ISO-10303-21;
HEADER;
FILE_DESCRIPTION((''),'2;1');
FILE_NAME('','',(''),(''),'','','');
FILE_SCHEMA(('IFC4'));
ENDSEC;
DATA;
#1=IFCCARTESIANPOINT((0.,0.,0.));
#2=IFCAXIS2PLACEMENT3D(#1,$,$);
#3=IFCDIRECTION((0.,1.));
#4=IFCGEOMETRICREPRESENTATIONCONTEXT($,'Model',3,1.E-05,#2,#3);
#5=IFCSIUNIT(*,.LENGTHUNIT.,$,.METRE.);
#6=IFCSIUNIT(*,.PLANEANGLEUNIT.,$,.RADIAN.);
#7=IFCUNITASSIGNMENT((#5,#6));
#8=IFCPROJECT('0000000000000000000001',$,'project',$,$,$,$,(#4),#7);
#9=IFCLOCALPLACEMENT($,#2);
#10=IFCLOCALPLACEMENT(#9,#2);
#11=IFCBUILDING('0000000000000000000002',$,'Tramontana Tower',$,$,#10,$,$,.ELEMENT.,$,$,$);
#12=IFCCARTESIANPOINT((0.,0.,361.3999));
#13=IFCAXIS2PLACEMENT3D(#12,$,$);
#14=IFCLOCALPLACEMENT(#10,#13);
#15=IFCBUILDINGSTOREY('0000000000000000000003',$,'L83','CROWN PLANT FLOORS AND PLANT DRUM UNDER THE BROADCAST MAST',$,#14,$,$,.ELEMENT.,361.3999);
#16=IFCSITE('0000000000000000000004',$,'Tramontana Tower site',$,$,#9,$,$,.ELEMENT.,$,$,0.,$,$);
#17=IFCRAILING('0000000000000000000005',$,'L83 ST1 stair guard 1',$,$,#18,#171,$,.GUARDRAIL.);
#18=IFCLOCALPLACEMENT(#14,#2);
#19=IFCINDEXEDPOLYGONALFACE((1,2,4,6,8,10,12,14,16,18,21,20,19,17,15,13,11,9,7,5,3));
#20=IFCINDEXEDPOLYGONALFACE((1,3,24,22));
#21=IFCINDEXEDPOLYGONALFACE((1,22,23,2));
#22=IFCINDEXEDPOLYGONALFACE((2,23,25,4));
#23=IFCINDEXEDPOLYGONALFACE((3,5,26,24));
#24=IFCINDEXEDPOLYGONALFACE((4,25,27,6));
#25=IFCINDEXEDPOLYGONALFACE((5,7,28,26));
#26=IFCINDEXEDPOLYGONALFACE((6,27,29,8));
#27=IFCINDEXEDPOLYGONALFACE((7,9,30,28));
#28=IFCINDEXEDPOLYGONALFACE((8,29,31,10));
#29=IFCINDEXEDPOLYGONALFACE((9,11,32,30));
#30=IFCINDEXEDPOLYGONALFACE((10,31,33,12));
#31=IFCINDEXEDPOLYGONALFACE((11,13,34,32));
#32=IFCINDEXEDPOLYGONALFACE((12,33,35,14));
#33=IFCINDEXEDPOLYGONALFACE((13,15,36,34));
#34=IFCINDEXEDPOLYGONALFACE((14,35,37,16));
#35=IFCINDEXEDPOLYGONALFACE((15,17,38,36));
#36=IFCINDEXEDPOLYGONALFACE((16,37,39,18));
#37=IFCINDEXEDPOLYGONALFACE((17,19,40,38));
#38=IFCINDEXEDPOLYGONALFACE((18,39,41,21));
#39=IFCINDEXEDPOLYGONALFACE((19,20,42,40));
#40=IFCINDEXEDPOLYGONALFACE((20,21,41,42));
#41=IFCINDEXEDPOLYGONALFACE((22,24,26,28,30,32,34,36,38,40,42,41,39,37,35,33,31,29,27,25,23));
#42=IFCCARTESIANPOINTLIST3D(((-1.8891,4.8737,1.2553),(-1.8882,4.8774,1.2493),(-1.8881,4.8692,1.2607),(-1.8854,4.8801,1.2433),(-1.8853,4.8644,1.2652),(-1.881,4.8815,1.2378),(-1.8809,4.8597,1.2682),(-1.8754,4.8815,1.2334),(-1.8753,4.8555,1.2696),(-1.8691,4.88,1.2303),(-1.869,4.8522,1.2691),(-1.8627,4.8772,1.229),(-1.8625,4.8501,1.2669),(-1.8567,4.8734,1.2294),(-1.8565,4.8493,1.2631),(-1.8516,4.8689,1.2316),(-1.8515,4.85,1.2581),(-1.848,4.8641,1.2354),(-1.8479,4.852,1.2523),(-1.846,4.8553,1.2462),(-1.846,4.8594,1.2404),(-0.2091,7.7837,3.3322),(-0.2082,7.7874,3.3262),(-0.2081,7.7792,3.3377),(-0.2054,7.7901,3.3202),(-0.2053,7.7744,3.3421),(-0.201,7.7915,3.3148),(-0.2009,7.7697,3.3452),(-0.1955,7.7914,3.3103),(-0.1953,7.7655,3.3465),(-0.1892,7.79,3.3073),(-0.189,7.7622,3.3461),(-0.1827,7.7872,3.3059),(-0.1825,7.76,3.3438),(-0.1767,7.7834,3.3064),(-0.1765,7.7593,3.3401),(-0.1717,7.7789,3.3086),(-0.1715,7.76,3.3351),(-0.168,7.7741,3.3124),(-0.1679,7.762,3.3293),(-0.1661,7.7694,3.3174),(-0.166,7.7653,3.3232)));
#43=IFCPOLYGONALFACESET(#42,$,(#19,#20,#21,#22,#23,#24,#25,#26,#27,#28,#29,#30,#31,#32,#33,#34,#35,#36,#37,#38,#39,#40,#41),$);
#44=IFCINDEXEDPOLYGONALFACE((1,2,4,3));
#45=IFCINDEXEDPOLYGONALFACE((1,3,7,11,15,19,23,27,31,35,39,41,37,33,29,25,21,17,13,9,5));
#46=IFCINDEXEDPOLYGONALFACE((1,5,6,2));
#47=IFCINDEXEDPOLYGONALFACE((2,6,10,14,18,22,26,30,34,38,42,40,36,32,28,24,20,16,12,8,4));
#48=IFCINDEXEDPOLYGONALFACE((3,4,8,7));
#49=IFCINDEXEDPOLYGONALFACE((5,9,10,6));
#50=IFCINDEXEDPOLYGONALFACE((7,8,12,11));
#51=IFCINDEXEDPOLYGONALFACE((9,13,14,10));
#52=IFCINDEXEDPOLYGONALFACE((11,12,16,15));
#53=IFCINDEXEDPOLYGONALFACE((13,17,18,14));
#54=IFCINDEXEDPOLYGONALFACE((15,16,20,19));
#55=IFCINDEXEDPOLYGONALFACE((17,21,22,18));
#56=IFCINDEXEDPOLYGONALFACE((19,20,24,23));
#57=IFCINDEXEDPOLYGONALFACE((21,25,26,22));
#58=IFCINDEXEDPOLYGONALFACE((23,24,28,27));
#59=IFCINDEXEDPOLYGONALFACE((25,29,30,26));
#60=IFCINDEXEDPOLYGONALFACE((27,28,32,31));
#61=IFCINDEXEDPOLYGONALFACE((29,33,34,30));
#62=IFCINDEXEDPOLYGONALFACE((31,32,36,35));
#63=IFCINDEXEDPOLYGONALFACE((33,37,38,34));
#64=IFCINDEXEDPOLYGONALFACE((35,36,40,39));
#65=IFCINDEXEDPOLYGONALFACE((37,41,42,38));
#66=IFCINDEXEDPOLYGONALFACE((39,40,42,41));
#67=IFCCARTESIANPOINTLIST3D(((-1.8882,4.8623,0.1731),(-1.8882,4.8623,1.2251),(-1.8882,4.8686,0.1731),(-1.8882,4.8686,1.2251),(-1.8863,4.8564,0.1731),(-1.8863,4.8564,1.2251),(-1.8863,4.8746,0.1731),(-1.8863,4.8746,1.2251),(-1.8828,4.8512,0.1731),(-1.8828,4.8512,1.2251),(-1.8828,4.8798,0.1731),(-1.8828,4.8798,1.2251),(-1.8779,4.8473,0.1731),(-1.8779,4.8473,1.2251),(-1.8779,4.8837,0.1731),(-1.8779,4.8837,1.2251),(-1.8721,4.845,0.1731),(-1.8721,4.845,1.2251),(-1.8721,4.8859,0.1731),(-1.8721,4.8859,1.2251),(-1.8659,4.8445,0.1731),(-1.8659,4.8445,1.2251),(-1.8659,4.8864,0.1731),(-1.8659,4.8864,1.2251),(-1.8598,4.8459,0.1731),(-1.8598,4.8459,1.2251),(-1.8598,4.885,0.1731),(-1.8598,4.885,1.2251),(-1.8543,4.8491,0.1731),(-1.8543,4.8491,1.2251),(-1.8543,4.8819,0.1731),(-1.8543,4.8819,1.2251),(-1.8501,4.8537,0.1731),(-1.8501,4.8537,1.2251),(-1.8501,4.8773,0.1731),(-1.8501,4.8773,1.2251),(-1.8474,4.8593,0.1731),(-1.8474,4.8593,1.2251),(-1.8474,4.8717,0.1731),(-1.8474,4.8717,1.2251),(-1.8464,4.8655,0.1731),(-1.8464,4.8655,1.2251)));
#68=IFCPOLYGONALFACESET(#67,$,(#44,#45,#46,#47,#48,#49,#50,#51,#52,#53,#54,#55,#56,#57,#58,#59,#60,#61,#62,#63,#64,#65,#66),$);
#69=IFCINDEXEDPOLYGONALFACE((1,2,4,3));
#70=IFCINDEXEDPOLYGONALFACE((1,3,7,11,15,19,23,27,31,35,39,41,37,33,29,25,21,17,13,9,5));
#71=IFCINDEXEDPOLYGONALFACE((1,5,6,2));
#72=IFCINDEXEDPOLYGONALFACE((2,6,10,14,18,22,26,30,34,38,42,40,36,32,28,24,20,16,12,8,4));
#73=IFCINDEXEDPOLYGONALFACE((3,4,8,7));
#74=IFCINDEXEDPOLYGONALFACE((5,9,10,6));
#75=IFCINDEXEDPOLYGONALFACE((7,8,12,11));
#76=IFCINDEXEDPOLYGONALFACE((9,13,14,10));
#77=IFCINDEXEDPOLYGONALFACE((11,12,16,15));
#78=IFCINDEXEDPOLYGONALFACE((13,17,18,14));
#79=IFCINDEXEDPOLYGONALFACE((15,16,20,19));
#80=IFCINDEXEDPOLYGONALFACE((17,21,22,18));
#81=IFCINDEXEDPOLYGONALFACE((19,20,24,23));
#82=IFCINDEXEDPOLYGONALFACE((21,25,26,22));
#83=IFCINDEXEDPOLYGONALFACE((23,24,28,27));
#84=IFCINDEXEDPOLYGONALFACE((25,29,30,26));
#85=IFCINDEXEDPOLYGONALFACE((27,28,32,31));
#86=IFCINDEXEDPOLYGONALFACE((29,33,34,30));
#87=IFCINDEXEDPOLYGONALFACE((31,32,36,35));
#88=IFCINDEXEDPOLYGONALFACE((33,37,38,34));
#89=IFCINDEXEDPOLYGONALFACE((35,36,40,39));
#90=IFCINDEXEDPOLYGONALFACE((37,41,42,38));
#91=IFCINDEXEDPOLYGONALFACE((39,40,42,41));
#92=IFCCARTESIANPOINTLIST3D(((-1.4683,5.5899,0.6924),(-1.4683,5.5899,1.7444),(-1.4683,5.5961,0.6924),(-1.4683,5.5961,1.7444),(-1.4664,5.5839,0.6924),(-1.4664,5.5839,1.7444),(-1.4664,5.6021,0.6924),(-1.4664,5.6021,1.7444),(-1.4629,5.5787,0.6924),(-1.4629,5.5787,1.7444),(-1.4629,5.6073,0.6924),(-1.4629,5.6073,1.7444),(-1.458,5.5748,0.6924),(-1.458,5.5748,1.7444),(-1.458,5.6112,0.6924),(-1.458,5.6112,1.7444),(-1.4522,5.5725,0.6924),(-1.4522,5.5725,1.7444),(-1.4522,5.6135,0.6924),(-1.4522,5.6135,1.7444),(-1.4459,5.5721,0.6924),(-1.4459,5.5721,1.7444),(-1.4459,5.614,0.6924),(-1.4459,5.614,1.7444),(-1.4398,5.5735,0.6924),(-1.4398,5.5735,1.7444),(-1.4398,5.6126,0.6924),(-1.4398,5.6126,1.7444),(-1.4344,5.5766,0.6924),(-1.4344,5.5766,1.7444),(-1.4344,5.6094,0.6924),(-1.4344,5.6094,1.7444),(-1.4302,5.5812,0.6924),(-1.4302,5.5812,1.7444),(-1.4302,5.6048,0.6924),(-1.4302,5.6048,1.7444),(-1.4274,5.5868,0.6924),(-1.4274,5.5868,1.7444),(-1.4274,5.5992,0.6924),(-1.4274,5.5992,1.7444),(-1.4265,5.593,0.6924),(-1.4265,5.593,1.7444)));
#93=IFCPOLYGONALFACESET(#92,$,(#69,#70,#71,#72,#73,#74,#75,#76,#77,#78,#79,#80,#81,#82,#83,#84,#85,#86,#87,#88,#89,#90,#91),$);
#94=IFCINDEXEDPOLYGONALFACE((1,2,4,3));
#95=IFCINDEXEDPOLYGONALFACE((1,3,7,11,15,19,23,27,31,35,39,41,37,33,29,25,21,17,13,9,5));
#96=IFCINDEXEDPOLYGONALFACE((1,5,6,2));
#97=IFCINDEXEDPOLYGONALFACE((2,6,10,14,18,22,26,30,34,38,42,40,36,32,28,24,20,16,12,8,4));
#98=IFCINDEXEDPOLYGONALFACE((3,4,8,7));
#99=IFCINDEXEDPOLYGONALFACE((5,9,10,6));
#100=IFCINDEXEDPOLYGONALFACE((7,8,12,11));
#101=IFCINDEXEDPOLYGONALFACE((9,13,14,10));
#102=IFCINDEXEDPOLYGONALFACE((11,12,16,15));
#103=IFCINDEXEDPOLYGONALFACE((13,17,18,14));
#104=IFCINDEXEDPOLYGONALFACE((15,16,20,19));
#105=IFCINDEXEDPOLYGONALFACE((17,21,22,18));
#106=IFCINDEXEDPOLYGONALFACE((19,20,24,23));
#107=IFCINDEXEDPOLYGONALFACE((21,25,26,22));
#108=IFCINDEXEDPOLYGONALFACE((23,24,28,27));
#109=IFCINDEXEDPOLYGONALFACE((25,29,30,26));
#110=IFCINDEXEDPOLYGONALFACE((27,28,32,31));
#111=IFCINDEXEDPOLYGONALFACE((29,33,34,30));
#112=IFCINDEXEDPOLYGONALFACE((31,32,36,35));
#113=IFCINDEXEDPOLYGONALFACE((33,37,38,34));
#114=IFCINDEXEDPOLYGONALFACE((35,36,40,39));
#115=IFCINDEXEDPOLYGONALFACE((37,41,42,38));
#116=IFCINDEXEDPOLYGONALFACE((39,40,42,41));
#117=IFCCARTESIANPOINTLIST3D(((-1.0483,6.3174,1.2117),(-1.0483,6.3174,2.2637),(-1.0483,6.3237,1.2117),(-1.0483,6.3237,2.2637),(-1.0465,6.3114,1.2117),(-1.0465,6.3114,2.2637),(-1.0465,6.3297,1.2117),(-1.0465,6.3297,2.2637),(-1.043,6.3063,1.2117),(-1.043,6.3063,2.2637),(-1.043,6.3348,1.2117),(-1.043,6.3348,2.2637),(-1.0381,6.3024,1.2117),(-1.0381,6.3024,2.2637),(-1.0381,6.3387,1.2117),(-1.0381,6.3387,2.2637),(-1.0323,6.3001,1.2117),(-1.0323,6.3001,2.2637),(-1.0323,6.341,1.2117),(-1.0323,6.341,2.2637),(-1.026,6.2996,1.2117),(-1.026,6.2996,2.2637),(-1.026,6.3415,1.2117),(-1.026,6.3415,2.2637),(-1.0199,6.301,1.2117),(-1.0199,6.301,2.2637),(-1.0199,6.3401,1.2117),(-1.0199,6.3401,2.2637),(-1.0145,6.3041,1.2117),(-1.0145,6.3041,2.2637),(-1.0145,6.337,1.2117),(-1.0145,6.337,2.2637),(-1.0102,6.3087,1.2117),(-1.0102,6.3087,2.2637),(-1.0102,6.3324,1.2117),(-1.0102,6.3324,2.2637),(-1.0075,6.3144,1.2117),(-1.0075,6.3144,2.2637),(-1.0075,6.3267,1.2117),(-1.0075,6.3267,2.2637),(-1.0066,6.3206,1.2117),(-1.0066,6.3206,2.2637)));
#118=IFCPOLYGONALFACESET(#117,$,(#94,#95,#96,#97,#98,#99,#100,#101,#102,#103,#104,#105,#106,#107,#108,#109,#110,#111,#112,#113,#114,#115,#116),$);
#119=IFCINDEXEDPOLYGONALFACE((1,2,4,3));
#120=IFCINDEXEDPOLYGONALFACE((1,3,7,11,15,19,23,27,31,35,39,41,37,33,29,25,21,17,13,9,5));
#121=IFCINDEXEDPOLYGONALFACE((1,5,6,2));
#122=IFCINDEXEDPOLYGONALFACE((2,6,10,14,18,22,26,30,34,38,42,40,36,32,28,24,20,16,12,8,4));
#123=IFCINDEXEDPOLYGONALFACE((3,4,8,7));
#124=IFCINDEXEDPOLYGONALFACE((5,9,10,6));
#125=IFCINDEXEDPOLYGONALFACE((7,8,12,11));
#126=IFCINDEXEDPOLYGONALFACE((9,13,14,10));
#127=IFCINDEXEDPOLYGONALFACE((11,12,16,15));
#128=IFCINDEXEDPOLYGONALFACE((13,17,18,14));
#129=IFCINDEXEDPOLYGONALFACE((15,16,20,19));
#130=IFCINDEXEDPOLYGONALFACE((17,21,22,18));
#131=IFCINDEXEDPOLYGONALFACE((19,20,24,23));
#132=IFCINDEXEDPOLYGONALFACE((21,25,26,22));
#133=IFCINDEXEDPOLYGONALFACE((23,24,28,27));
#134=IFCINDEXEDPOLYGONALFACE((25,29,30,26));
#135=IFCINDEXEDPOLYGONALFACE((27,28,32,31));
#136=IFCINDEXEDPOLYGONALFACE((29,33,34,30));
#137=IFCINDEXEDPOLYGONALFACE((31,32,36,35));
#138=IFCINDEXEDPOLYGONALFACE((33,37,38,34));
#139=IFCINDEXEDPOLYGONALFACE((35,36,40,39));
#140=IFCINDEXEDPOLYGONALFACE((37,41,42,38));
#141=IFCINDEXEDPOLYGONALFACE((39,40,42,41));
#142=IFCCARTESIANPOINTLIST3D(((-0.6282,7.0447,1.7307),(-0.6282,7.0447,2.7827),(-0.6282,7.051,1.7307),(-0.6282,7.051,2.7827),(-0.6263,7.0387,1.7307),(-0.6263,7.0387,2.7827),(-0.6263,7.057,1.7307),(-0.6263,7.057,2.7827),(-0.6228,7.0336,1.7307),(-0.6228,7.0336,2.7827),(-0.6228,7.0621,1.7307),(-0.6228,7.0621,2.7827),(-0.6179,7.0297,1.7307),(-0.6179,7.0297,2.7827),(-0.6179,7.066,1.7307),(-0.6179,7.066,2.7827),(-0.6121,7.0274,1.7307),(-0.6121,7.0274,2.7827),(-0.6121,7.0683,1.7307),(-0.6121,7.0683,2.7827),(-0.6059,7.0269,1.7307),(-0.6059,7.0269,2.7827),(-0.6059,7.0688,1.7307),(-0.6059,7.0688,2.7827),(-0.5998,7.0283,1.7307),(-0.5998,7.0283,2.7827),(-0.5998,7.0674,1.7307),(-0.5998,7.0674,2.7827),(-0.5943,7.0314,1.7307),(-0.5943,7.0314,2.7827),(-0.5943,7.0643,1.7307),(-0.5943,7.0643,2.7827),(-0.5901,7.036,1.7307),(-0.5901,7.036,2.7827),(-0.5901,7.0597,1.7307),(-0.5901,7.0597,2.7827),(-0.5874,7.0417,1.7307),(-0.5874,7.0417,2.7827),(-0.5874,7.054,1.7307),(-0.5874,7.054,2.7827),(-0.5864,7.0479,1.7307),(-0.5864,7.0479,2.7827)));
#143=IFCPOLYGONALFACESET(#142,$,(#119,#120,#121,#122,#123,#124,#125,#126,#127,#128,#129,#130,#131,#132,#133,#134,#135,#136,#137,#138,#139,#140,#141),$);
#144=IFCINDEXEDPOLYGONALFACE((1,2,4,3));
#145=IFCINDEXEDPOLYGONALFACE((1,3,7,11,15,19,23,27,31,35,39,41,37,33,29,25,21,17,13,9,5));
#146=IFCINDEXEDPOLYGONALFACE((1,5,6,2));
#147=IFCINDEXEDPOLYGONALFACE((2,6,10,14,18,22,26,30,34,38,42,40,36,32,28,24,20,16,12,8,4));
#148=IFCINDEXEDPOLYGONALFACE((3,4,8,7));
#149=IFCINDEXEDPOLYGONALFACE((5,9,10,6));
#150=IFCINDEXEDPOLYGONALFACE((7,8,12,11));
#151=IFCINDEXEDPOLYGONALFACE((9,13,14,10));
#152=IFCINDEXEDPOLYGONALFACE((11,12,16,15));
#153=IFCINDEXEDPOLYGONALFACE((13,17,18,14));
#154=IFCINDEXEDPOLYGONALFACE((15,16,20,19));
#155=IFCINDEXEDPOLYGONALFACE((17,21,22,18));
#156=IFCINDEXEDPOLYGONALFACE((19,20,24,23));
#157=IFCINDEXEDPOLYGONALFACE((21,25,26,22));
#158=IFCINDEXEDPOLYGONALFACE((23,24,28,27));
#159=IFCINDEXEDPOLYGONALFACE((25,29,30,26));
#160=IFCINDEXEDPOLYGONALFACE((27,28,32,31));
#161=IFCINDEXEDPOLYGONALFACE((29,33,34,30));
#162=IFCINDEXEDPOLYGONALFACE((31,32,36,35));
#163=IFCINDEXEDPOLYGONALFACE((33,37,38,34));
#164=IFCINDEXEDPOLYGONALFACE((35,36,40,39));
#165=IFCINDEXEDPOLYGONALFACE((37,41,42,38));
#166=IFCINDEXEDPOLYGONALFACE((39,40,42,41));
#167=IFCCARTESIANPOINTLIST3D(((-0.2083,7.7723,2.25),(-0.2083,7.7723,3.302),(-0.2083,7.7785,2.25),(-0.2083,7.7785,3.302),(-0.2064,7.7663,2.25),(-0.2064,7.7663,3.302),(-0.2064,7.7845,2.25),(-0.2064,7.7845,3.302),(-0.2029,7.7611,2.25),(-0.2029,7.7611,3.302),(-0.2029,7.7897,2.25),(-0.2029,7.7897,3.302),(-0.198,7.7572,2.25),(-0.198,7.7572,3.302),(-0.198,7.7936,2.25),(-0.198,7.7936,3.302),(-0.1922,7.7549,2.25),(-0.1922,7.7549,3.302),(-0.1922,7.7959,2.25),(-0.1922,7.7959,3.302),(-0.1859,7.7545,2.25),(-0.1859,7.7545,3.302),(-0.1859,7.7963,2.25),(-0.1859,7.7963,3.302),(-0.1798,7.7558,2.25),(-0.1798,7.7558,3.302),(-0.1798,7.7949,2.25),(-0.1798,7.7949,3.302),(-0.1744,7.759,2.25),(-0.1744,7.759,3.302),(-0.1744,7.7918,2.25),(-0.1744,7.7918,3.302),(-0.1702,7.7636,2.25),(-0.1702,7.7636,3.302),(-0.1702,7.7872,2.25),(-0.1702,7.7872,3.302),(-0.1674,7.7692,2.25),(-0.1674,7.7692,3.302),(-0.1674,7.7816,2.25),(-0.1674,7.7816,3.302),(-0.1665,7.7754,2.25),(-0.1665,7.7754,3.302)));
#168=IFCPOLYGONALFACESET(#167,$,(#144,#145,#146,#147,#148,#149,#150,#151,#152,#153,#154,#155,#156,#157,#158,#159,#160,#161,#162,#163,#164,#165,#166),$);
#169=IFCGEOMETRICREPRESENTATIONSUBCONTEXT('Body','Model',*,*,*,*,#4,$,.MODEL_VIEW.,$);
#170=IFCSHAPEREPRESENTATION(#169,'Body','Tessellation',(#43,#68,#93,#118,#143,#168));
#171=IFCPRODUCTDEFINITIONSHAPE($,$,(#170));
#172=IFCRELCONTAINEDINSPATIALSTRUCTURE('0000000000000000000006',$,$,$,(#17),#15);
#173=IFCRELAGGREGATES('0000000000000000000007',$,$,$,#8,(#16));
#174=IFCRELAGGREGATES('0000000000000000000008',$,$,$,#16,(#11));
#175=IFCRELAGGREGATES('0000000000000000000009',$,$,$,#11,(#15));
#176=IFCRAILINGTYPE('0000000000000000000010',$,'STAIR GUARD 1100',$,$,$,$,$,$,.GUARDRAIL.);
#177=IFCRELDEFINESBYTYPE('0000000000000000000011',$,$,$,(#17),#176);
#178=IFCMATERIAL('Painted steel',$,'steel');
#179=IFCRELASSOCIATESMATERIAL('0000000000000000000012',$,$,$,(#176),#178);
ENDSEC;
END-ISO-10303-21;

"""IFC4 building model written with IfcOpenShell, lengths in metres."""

from ifc_helpers import new_model, si_unit, direction, frame, origin, origin_2d, place, context, subcontext, project, spatial, circle, extrude, material, type_object, element, save


model = new_model("IFC4")

# Units and contexts
model_context = context("Model", 3, precision=1e-05, world=origin(), true_north=direction((0.0, 1.0)))
body_context = subcontext(model_context, "Body", "Model", "MODEL_VIEW")
ifc_project = project(units=[si_unit("LENGTHUNIT", "METRE"), si_unit("PLANEANGLEUNIT", "RADIAN")], contexts=[model_context])

# Site, building, storey
site_placement = place(None, origin())
site = spatial("IfcSite", under=ifc_project, at=site_placement, Name="Tramontana Tower site", CompositionType="ELEMENT", RefElevation=0.0)
building_placement = place(site_placement, origin())
building = spatial("IfcBuilding", under=site, at=building_placement, Name="Tramontana Tower", CompositionType="ELEMENT")
storey_placement = place(building_placement, frame((0.0, 0.0, 361.3999)))
storey = spatial("IfcBuildingStorey", under=building, at=storey_placement, Name="L83", Description="CROWN PLANT FLOORS AND PLANT DRUM UNDER THE BROADCAST MAST", CompositionType="ELEMENT", Elevation=361.3999)

# Railing
ifc_material_1 = material(Name="Painted steel", Category="steel")
railing_type_1 = type_object("IfcRailingType", Name="STAIR GUARD 1100", PredefinedType="GUARDRAIL", material=ifc_material_1)
railing_1_placement = place(storey_placement, frame((-1.8674, 4.8655, 0.1731)))
element("IfcRailing", 1, at=railing_1_placement, inside=storey, type_object=railing_type_1, Name="L83 ST1 stair guard 1", PredefinedType="GUARDRAIL", context=body_context, shape_type="SweptSolid", body=[
    extrude(circle(Radius=0.0239, at=origin_2d()), frame((0.0, 0.0, 1.0762), z_axis=(0.425288, 0.736668, 0.525785), x_axis=(-0.866039, 0.499976, 0.0)), (0.0, 0.0, 1.0), 3.9502),
    extrude(circle(Radius=0.021, at=origin_2d()), origin(), (0.0, 0.0, 1.0), 1.052),
    extrude(circle(Radius=0.021, at=origin_2d()), frame((0.4199, 0.7275, 0.5193)), (0.0, 0.0, 1.0), 1.052),
    extrude(circle(Radius=0.021, at=origin_2d()), frame((0.8398, 1.4551, 1.0386)), (0.0, 0.0, 1.0), 1.052),
    extrude(circle(Radius=0.021, at=origin_2d()), frame((1.26, 2.1824, 1.5576)), (0.0, 0.0, 1.0), 1.052),
    extrude(circle(Radius=0.021, at=origin_2d()), frame((1.6799, 2.9099, 2.0769)), (0.0, 0.0, 1.0), 1.052),
])

save(model, "model.ifc")
